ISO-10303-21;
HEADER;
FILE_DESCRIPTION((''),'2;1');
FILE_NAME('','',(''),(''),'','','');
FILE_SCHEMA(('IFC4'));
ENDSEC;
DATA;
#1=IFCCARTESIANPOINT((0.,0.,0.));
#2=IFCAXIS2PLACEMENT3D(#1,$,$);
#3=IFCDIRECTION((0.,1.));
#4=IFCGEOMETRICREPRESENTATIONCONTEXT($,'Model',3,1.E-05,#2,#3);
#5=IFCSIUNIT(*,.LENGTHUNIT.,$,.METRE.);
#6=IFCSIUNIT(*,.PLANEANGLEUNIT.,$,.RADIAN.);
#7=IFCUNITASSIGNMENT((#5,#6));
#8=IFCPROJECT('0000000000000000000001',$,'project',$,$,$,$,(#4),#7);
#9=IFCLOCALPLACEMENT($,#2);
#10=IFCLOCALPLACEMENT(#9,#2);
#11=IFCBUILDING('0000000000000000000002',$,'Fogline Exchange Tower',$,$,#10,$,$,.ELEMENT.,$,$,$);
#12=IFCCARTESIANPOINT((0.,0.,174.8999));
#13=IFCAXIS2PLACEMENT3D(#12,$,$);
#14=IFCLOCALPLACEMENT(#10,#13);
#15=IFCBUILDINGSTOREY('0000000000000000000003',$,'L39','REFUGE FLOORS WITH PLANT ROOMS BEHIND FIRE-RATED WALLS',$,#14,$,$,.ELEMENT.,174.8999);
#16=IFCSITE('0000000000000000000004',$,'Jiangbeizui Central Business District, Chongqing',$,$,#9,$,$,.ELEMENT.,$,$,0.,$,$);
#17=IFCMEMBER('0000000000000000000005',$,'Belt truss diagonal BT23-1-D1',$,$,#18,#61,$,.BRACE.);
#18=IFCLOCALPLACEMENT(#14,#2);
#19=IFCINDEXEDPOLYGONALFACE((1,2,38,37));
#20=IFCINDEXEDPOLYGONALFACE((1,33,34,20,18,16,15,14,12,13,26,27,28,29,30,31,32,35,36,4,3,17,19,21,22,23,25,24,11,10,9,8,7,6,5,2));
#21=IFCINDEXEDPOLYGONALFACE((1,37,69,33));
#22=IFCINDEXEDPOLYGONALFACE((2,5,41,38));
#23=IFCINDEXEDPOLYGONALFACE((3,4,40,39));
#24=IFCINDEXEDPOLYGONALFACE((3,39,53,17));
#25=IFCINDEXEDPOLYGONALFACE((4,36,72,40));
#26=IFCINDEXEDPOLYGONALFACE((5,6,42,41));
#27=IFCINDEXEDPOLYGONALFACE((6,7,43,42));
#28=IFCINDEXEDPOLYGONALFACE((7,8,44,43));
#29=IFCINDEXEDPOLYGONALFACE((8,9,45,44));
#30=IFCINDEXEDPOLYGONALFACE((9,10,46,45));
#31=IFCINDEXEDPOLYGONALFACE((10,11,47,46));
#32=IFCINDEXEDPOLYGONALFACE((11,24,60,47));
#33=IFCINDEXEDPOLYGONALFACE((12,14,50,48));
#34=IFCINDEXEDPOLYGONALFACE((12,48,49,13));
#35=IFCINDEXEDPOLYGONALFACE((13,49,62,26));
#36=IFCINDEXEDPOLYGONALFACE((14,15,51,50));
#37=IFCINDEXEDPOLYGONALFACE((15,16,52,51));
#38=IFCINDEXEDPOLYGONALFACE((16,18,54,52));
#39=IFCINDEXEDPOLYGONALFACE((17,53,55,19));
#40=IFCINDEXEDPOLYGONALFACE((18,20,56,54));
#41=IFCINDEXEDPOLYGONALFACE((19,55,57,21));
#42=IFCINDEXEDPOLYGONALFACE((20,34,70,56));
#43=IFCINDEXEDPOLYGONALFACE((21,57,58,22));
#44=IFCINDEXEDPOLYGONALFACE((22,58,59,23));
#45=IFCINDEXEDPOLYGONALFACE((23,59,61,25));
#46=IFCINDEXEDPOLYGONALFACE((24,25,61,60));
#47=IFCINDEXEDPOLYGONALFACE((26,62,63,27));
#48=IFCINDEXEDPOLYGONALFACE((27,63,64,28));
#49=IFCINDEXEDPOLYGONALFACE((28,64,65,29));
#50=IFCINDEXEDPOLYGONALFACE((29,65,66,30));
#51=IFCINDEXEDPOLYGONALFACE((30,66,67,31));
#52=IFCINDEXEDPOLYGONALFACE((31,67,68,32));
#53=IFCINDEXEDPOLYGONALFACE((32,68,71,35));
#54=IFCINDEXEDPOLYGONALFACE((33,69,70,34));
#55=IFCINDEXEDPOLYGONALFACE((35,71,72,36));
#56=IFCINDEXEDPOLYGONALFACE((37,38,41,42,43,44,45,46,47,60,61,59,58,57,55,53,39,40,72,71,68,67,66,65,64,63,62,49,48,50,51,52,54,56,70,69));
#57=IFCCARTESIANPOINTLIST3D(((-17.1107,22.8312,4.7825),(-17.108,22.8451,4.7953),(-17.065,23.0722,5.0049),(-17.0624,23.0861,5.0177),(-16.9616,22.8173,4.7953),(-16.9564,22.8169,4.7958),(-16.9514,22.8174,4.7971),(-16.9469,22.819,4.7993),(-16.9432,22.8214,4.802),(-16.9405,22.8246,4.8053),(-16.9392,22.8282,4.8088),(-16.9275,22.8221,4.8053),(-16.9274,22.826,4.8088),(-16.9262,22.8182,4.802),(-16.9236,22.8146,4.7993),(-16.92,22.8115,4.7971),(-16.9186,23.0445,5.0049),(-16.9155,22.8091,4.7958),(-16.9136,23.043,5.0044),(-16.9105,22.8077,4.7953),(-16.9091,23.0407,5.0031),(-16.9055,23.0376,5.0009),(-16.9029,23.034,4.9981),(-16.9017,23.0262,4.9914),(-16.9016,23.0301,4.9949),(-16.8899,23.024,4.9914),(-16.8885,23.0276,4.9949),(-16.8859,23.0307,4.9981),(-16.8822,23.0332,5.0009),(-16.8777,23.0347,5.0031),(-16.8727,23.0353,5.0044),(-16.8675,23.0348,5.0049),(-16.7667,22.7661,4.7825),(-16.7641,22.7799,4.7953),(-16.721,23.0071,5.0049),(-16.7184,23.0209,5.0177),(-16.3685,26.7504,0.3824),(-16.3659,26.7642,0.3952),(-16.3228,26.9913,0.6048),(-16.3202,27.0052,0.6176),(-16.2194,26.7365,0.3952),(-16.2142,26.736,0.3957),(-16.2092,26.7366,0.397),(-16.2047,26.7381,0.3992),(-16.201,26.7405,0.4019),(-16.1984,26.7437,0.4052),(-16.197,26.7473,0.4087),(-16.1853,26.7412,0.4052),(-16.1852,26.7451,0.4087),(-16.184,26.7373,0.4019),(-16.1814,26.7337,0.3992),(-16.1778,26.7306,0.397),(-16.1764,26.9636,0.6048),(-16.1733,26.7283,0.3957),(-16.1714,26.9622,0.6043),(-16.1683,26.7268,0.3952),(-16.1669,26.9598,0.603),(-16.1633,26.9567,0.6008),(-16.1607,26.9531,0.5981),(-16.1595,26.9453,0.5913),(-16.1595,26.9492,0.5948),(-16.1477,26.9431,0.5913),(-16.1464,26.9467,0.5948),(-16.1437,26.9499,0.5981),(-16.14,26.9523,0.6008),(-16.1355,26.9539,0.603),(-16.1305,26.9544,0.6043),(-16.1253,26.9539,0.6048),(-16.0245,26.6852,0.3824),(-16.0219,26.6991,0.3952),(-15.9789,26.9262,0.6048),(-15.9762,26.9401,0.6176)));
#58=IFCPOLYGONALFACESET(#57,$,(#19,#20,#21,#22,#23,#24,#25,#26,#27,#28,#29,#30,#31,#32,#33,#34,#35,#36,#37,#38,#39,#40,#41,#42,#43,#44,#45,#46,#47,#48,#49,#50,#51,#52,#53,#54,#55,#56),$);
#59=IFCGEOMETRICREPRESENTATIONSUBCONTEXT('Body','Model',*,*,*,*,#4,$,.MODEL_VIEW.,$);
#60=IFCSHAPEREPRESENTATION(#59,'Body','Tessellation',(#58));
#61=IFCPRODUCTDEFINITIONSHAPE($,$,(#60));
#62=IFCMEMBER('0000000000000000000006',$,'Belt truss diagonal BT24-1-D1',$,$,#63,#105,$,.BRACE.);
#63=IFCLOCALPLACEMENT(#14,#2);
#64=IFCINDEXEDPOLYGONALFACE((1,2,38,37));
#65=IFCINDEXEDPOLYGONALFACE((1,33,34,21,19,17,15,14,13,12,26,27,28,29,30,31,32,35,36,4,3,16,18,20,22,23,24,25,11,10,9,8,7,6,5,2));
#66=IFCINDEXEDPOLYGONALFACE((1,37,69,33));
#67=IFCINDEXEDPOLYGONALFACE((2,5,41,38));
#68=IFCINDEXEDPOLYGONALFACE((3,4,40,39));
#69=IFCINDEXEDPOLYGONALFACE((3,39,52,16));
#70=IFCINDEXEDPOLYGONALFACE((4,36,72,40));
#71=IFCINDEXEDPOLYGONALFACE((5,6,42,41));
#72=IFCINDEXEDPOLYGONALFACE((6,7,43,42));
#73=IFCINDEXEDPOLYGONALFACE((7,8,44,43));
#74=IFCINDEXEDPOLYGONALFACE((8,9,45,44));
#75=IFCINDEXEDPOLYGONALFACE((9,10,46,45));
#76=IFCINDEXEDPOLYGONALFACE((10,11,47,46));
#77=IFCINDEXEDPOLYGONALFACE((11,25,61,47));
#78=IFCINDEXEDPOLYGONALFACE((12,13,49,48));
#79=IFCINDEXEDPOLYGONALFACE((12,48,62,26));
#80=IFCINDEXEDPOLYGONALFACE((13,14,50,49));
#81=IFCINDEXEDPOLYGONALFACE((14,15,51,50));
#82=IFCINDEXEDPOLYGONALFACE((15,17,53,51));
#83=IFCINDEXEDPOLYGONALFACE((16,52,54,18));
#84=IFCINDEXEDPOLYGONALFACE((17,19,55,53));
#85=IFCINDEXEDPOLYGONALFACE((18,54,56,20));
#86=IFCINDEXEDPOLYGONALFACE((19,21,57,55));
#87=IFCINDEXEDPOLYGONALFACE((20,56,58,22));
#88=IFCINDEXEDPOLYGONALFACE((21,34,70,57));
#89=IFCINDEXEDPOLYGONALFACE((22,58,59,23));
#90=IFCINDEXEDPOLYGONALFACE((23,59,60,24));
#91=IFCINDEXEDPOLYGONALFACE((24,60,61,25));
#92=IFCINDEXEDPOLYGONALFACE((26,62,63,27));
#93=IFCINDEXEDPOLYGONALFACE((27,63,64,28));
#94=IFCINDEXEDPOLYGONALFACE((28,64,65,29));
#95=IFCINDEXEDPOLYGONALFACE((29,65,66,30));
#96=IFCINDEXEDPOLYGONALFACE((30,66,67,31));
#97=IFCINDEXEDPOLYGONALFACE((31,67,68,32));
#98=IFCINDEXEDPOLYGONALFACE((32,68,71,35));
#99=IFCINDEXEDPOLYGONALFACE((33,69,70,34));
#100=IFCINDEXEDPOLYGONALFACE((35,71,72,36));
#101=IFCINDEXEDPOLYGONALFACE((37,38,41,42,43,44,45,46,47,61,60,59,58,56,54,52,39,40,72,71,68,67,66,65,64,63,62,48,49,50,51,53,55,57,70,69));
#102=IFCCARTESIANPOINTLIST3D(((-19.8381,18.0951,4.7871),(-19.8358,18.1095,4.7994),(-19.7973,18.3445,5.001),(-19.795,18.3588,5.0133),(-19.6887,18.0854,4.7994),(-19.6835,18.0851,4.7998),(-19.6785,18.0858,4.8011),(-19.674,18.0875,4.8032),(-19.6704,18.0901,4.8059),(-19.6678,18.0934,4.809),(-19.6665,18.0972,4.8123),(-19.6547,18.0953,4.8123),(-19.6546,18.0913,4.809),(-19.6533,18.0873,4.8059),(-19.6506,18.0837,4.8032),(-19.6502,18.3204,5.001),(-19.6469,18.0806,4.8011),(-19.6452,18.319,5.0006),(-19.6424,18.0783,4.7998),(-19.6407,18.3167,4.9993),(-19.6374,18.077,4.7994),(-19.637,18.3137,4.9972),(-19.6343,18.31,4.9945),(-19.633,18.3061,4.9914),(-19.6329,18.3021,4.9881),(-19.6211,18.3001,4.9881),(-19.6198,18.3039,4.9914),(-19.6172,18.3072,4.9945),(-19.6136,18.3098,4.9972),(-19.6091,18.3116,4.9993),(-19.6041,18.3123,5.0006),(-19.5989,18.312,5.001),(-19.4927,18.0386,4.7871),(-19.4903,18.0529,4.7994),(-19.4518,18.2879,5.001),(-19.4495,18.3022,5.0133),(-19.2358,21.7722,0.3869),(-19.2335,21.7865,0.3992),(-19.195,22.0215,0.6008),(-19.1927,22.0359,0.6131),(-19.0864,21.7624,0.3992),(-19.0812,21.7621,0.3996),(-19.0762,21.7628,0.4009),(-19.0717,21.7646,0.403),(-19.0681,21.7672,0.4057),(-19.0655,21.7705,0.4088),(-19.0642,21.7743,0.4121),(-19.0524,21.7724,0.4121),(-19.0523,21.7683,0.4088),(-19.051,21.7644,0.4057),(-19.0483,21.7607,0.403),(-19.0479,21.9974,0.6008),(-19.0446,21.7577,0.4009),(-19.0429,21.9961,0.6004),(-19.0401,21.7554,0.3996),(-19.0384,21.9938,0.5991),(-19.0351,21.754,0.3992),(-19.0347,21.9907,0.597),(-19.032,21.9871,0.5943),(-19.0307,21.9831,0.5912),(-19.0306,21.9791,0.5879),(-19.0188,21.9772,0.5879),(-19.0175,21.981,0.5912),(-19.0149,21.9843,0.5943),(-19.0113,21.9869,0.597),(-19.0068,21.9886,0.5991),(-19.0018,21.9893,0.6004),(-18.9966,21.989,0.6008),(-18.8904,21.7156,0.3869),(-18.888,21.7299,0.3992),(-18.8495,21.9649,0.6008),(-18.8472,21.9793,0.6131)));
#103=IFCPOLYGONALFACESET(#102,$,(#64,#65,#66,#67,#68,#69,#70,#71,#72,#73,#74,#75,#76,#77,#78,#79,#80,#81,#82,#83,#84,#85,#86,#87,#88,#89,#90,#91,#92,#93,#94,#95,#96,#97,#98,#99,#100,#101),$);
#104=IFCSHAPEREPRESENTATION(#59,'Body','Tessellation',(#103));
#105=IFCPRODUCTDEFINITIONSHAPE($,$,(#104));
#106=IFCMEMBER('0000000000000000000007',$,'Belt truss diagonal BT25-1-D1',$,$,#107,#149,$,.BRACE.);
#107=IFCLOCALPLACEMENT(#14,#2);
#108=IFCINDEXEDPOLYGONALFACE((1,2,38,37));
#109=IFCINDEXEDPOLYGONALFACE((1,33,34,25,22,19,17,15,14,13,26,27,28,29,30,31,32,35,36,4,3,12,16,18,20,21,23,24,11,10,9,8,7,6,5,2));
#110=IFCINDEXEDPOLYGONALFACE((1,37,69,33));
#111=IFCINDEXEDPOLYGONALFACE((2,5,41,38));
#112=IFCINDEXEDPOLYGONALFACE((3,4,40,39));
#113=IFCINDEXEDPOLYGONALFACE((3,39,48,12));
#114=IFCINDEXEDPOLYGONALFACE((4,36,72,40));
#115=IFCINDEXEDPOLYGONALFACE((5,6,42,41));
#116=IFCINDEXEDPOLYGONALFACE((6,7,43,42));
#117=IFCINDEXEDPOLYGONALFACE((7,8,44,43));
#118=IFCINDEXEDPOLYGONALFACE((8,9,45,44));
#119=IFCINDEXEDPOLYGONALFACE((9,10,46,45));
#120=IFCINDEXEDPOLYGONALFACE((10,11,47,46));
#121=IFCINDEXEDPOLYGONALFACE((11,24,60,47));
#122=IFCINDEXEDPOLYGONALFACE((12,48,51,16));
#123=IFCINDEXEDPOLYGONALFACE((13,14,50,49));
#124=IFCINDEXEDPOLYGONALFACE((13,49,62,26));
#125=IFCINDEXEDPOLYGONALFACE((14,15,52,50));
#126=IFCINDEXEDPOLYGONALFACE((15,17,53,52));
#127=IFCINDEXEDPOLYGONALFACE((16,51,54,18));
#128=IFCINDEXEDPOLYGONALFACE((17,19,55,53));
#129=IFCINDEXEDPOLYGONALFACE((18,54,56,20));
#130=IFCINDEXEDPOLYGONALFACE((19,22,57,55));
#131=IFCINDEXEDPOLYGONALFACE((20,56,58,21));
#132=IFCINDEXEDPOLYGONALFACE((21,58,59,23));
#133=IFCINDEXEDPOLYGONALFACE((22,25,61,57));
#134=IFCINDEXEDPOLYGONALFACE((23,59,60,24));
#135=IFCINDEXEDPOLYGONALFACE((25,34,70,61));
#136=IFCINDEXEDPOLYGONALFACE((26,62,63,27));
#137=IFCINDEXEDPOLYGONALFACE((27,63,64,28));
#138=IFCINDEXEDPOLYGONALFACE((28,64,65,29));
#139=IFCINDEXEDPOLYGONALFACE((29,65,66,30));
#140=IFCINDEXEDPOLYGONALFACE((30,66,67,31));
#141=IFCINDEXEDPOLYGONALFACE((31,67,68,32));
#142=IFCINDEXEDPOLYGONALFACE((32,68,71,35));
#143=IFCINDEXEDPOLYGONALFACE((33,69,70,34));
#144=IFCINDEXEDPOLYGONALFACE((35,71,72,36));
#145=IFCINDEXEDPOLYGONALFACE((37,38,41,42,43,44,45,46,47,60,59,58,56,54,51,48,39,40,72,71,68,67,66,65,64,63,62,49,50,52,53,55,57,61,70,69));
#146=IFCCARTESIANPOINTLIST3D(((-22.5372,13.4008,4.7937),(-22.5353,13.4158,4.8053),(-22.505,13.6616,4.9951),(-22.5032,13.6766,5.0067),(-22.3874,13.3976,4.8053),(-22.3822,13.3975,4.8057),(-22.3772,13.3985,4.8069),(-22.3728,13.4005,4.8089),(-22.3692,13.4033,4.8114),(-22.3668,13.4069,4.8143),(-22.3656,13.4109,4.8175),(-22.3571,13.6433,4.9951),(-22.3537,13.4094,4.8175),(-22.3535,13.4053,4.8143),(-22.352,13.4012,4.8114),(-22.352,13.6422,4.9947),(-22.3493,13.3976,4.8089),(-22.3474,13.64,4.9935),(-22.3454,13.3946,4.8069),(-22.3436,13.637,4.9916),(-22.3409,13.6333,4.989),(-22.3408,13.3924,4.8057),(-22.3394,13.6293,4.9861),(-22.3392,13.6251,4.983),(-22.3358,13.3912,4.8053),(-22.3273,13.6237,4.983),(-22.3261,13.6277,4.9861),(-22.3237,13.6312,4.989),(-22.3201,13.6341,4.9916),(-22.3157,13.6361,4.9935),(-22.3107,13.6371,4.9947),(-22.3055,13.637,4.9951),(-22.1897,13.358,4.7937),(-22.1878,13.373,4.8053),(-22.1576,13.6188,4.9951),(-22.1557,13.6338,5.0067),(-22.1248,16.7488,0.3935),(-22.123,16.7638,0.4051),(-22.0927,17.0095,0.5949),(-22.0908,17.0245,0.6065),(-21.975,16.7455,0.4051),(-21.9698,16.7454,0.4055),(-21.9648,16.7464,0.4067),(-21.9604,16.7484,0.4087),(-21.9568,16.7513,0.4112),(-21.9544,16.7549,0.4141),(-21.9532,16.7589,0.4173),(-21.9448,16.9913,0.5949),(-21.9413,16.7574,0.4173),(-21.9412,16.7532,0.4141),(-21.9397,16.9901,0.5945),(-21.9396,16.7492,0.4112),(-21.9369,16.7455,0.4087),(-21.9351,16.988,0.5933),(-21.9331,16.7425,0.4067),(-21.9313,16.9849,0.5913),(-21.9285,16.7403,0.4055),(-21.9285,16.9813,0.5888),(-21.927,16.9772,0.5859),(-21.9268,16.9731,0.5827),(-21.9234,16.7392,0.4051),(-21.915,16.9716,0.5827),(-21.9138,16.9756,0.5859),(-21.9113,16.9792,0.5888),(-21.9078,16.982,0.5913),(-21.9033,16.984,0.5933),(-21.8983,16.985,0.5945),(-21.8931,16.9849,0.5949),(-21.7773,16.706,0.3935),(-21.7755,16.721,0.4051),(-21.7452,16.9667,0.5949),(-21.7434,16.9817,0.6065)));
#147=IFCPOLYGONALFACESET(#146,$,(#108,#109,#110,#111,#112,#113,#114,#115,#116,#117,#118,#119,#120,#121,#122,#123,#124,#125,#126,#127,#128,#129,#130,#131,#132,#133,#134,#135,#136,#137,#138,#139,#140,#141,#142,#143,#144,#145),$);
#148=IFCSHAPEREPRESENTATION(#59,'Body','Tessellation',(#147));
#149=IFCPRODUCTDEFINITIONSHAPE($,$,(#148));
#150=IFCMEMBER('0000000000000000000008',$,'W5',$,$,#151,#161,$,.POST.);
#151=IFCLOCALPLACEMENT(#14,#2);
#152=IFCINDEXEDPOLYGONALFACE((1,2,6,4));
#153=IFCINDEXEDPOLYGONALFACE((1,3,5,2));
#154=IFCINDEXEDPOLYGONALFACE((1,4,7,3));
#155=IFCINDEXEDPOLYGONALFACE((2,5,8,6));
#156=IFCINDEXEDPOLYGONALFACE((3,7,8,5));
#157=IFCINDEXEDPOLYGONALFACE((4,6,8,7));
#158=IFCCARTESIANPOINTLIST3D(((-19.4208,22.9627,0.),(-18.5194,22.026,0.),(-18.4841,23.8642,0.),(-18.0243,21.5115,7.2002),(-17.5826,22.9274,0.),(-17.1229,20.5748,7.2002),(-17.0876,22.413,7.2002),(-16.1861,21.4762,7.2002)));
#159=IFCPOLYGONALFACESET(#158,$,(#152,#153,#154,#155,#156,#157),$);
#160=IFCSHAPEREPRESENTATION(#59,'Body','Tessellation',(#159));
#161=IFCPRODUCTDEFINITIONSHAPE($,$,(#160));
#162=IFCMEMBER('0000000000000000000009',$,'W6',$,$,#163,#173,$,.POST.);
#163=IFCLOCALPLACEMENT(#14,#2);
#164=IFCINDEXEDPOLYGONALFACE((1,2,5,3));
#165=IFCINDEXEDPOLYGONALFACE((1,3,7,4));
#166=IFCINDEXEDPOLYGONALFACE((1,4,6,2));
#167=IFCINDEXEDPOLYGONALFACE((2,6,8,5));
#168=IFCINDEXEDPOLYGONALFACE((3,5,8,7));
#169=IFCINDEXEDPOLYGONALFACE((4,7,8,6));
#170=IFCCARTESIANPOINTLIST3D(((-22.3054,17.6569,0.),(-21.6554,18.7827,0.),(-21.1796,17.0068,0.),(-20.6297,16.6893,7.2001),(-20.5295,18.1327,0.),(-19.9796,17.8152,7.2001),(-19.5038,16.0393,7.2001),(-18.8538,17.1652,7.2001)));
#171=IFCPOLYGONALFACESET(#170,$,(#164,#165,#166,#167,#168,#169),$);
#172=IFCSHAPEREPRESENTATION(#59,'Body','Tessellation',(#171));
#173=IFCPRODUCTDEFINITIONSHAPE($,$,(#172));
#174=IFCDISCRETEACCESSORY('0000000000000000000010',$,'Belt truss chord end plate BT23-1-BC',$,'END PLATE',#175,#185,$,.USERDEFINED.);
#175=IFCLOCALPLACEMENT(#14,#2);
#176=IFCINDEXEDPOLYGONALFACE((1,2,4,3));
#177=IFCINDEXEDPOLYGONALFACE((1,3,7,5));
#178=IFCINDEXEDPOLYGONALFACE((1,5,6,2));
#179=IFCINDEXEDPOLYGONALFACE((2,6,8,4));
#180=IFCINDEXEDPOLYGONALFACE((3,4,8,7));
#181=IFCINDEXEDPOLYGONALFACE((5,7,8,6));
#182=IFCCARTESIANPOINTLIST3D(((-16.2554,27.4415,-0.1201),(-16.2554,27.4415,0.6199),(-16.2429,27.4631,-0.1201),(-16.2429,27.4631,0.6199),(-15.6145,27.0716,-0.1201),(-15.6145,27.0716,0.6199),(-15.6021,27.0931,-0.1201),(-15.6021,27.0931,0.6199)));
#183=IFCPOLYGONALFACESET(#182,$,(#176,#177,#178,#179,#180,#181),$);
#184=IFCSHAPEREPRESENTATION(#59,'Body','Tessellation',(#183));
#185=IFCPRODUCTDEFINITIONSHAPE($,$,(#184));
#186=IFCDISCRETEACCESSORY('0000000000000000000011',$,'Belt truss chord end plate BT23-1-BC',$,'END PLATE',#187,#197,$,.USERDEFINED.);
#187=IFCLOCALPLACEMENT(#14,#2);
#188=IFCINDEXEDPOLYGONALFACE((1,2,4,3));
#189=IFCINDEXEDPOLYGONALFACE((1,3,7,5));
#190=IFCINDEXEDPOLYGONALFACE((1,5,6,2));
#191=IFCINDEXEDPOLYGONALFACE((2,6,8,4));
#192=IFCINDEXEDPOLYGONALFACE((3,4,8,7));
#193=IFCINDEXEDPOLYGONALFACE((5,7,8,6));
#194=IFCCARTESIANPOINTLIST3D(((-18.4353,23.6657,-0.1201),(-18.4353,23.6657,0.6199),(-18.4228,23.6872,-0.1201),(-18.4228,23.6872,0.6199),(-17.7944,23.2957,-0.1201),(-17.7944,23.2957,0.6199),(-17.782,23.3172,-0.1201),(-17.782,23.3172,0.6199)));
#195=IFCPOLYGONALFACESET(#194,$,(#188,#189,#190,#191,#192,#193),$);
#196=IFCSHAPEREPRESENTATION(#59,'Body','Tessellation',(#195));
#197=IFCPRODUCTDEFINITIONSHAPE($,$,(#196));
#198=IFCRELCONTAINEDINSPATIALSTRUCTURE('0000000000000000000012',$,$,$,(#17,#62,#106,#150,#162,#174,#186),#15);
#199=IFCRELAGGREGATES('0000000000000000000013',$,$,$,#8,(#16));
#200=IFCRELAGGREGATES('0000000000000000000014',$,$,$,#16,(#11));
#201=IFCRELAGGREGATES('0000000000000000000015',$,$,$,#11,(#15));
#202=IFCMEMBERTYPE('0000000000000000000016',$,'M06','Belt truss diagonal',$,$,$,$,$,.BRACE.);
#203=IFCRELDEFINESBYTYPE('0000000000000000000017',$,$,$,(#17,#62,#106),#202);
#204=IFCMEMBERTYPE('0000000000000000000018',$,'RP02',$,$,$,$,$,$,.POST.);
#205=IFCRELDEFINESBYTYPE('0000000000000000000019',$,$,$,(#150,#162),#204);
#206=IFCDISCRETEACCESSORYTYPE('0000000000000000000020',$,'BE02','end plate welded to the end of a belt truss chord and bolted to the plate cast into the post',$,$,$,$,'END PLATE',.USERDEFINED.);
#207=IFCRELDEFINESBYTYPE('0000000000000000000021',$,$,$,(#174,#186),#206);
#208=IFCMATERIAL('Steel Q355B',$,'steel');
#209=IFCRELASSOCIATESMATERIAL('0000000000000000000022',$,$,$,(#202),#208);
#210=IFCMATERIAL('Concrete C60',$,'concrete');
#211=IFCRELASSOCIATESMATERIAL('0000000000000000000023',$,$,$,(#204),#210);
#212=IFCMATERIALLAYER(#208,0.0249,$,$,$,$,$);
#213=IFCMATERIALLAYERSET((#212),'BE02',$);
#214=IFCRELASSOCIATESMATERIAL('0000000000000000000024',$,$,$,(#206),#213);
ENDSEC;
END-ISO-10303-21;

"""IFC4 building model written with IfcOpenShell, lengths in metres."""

from ifc_helpers import new_model, si_unit, direction, frame, origin, origin_2d, place, context, subcontext, project, spatial, rectangle, i_section, extrude, material, layer, layer_set, material_profile, profile_set, type_object, element, save


model = new_model("IFC4")

# Units and contexts
model_context = context("Model", 3, precision=1e-05, world=origin(), true_north=direction((0.0, 1.0)))
body_context = subcontext(model_context, "Body", "Model", "MODEL_VIEW")
ifc_project = project(units=[si_unit("LENGTHUNIT", "METRE"), si_unit("PLANEANGLEUNIT", "RADIAN")], contexts=[model_context])

# Site, building, storey
site_placement = place(None, origin())
site = spatial("IfcSite", under=ifc_project, at=site_placement, Name="Jiangbeizui Central Business District, Chongqing", CompositionType="ELEMENT", RefElevation=0.0)
building_placement = place(site_placement, origin())
building = spatial("IfcBuilding", under=site, at=building_placement, Name="Fogline Exchange Tower", CompositionType="ELEMENT")
storey_placement = place(building_placement, frame((0.0, 0.0, 174.8999)))
storey = spatial("IfcBuildingStorey", under=building, at=storey_placement, Name="L39", Description="REFUGE FLOORS WITH PLANT ROOMS BEHIND FIRE-RATED WALLS", CompositionType="ELEMENT", Elevation=174.8999)

# Members
ifc_material_1 = material(Name="Steel Q355B", Category="steel")
ifc_material_profile_1 = material_profile(ifc_material_1, i_section(OverallWidth=0.3501, OverallDepth=0.3501, WebThickness=0.012, FlangeThickness=0.019, FilletRadius=0.02, at=origin_2d()), Name="HW350X350X12X19")
ifc_profile_set_1 = profile_set([ifc_material_profile_1], Name="Steel Q355B")
member_type_1 = type_object("IfcMemberType", Name="M06", Description="Belt truss diagonal", PredefinedType="BRACE", material=ifc_profile_set_1)
member_1_placement = place(storey_placement, frame((-16.1724, 26.8452, 0.5), z_axis=(-0.124968, -0.659903, 0.740885), x_axis=(0.982537, -0.186066, 0.0)))
element("IfcMember", 1, at=member_1_placement, inside=storey, type_object=member_type_1, Name="Belt truss diagonal BT23-1-D1", PredefinedType="BRACE", context=body_context, shape_type="SweptSolid", body=[
    extrude(i_section(OverallWidth=0.3501, OverallDepth=0.3501, WebThickness=0.012, FlangeThickness=0.019, FilletRadius=0.02, at=origin_2d()), origin(), (0.0, 0.0, 1.0), 5.939),
])
member_2_placement = place(storey_placement, frame((-19.0415, 21.8757, 0.5), z_axis=(-0.10446, -0.637727, 0.763147), x_axis=(0.986849, -0.161646, 0.0)))
element("IfcMember", 2, at=member_2_placement, inside=storey, type_object=member_type_1, Name="Belt truss diagonal BT24-1-D1", PredefinedType="BRACE", context=body_context, shape_type="SweptSolid", body=[
    extrude(i_section(OverallWidth=0.3501, OverallDepth=0.3501, WebThickness=0.012, FlangeThickness=0.019, FilletRadius=0.02, at=origin_2d()), origin(), (0.0, 0.0, 1.0), 5.7659),
])
member_3_placement = place(storey_placement, frame((-21.9341, 16.8652, 0.5), z_axis=(-0.074374, -0.603841, 0.793628), x_axis=(0.9925, -0.122244, 0.0)))
element("IfcMember", 3, at=member_3_placement, inside=storey, type_object=member_type_1, Name="Belt truss diagonal BT25-1-D1", PredefinedType="BRACE", context=body_context, shape_type="SweptSolid", body=[
    extrude(i_section(OverallWidth=0.3501, OverallDepth=0.3501, WebThickness=0.012, FlangeThickness=0.019, FilletRadius=0.02, at=origin_2d()), origin(), (0.0, 0.0, 1.0), 5.5444),
])
ifc_material_2 = material(Name="Concrete C60", Category="concrete")
ifc_material_profile_2 = material_profile(ifc_material_2, rectangle(XDim=1.3, YDim=1.3, at=origin_2d()), Name="RC 1300x1300")
ifc_profile_set_2 = profile_set([ifc_material_profile_2], Name="Concrete C60")
member_type_2 = type_object("IfcMemberType", Name="RP02", PredefinedType="POST", material=ifc_profile_set_2)
member_4_placement = place(storey_placement, frame((-18.5017, 22.9451, 0.0), z_axis=(0.0, 0.0, 1.0), x_axis=(0.720553, 0.693399, 0.0)))
element("IfcMember", 4, at=member_4_placement, inside=storey, type_object=member_type_2, Name="W5", PredefinedType="POST", context=body_context, shape_type="SweptSolid", body=[
    extrude(rectangle(XDim=1.3, YDim=1.3, at=origin_2d()), origin(), (0.0, -0.269371, 0.963036), 7.4766),
])
member_5_placement = place(storey_placement, frame((-21.4175, 17.8948, 0.0), z_axis=(0.0, 0.0, 1.0), x_axis=(0.500006, 0.866022, 0.0)))
element("IfcMember", 5, at=member_5_placement, inside=storey, type_object=member_type_2, Name="W6", PredefinedType="POST", context=body_context, shape_type="SweptSolid", body=[
    extrude(rectangle(XDim=1.3, YDim=1.3, at=origin_2d()), origin(), (0.0, -0.259538, 0.965733), 7.4556),
])

# Discrete accessories
ifc_layer = layer(ifc_material_1, 0.0249)
ifc_layer_set = layer_set([ifc_layer], Name="BE02")
discrete_accessory_type = type_object("IfcDiscreteAccessoryType", Name="BE02", Description="end plate welded to the end of a belt truss chord and bolted to the plate cast into the post", ElementType="END PLATE", PredefinedType="USERDEFINED", material=ifc_layer_set)
for number, where, z_axis, x_axis, name in (
    (6, (-15.9287, 27.2673, -0.1201), (0.0, 0.0, 1.0), (0.5, 0.866025, 0.0), "Belt truss chord end plate BT23-1-BC"),
    (7, (-18.1086, 23.4915, -0.1201), (0.0, 0.0, 1.0), (-0.5, -0.866025, 0.0), "Belt truss chord end plate BT23-1-BC"),
):
    element("IfcDiscreteAccessory", number, at=place(storey_placement, frame(where, z_axis=z_axis, x_axis=x_axis)), inside=storey, type_object=discrete_accessory_type, Name=name, ObjectType="END PLATE", PredefinedType="USERDEFINED", context=body_context, shape_type="SweptSolid", body=[
        extrude(rectangle(XDim=0.0249, YDim=0.74, at=origin_2d()), origin(), (0.0, 0.0, 1.0), 0.74),
    ])

save(model, "model.ifc")
